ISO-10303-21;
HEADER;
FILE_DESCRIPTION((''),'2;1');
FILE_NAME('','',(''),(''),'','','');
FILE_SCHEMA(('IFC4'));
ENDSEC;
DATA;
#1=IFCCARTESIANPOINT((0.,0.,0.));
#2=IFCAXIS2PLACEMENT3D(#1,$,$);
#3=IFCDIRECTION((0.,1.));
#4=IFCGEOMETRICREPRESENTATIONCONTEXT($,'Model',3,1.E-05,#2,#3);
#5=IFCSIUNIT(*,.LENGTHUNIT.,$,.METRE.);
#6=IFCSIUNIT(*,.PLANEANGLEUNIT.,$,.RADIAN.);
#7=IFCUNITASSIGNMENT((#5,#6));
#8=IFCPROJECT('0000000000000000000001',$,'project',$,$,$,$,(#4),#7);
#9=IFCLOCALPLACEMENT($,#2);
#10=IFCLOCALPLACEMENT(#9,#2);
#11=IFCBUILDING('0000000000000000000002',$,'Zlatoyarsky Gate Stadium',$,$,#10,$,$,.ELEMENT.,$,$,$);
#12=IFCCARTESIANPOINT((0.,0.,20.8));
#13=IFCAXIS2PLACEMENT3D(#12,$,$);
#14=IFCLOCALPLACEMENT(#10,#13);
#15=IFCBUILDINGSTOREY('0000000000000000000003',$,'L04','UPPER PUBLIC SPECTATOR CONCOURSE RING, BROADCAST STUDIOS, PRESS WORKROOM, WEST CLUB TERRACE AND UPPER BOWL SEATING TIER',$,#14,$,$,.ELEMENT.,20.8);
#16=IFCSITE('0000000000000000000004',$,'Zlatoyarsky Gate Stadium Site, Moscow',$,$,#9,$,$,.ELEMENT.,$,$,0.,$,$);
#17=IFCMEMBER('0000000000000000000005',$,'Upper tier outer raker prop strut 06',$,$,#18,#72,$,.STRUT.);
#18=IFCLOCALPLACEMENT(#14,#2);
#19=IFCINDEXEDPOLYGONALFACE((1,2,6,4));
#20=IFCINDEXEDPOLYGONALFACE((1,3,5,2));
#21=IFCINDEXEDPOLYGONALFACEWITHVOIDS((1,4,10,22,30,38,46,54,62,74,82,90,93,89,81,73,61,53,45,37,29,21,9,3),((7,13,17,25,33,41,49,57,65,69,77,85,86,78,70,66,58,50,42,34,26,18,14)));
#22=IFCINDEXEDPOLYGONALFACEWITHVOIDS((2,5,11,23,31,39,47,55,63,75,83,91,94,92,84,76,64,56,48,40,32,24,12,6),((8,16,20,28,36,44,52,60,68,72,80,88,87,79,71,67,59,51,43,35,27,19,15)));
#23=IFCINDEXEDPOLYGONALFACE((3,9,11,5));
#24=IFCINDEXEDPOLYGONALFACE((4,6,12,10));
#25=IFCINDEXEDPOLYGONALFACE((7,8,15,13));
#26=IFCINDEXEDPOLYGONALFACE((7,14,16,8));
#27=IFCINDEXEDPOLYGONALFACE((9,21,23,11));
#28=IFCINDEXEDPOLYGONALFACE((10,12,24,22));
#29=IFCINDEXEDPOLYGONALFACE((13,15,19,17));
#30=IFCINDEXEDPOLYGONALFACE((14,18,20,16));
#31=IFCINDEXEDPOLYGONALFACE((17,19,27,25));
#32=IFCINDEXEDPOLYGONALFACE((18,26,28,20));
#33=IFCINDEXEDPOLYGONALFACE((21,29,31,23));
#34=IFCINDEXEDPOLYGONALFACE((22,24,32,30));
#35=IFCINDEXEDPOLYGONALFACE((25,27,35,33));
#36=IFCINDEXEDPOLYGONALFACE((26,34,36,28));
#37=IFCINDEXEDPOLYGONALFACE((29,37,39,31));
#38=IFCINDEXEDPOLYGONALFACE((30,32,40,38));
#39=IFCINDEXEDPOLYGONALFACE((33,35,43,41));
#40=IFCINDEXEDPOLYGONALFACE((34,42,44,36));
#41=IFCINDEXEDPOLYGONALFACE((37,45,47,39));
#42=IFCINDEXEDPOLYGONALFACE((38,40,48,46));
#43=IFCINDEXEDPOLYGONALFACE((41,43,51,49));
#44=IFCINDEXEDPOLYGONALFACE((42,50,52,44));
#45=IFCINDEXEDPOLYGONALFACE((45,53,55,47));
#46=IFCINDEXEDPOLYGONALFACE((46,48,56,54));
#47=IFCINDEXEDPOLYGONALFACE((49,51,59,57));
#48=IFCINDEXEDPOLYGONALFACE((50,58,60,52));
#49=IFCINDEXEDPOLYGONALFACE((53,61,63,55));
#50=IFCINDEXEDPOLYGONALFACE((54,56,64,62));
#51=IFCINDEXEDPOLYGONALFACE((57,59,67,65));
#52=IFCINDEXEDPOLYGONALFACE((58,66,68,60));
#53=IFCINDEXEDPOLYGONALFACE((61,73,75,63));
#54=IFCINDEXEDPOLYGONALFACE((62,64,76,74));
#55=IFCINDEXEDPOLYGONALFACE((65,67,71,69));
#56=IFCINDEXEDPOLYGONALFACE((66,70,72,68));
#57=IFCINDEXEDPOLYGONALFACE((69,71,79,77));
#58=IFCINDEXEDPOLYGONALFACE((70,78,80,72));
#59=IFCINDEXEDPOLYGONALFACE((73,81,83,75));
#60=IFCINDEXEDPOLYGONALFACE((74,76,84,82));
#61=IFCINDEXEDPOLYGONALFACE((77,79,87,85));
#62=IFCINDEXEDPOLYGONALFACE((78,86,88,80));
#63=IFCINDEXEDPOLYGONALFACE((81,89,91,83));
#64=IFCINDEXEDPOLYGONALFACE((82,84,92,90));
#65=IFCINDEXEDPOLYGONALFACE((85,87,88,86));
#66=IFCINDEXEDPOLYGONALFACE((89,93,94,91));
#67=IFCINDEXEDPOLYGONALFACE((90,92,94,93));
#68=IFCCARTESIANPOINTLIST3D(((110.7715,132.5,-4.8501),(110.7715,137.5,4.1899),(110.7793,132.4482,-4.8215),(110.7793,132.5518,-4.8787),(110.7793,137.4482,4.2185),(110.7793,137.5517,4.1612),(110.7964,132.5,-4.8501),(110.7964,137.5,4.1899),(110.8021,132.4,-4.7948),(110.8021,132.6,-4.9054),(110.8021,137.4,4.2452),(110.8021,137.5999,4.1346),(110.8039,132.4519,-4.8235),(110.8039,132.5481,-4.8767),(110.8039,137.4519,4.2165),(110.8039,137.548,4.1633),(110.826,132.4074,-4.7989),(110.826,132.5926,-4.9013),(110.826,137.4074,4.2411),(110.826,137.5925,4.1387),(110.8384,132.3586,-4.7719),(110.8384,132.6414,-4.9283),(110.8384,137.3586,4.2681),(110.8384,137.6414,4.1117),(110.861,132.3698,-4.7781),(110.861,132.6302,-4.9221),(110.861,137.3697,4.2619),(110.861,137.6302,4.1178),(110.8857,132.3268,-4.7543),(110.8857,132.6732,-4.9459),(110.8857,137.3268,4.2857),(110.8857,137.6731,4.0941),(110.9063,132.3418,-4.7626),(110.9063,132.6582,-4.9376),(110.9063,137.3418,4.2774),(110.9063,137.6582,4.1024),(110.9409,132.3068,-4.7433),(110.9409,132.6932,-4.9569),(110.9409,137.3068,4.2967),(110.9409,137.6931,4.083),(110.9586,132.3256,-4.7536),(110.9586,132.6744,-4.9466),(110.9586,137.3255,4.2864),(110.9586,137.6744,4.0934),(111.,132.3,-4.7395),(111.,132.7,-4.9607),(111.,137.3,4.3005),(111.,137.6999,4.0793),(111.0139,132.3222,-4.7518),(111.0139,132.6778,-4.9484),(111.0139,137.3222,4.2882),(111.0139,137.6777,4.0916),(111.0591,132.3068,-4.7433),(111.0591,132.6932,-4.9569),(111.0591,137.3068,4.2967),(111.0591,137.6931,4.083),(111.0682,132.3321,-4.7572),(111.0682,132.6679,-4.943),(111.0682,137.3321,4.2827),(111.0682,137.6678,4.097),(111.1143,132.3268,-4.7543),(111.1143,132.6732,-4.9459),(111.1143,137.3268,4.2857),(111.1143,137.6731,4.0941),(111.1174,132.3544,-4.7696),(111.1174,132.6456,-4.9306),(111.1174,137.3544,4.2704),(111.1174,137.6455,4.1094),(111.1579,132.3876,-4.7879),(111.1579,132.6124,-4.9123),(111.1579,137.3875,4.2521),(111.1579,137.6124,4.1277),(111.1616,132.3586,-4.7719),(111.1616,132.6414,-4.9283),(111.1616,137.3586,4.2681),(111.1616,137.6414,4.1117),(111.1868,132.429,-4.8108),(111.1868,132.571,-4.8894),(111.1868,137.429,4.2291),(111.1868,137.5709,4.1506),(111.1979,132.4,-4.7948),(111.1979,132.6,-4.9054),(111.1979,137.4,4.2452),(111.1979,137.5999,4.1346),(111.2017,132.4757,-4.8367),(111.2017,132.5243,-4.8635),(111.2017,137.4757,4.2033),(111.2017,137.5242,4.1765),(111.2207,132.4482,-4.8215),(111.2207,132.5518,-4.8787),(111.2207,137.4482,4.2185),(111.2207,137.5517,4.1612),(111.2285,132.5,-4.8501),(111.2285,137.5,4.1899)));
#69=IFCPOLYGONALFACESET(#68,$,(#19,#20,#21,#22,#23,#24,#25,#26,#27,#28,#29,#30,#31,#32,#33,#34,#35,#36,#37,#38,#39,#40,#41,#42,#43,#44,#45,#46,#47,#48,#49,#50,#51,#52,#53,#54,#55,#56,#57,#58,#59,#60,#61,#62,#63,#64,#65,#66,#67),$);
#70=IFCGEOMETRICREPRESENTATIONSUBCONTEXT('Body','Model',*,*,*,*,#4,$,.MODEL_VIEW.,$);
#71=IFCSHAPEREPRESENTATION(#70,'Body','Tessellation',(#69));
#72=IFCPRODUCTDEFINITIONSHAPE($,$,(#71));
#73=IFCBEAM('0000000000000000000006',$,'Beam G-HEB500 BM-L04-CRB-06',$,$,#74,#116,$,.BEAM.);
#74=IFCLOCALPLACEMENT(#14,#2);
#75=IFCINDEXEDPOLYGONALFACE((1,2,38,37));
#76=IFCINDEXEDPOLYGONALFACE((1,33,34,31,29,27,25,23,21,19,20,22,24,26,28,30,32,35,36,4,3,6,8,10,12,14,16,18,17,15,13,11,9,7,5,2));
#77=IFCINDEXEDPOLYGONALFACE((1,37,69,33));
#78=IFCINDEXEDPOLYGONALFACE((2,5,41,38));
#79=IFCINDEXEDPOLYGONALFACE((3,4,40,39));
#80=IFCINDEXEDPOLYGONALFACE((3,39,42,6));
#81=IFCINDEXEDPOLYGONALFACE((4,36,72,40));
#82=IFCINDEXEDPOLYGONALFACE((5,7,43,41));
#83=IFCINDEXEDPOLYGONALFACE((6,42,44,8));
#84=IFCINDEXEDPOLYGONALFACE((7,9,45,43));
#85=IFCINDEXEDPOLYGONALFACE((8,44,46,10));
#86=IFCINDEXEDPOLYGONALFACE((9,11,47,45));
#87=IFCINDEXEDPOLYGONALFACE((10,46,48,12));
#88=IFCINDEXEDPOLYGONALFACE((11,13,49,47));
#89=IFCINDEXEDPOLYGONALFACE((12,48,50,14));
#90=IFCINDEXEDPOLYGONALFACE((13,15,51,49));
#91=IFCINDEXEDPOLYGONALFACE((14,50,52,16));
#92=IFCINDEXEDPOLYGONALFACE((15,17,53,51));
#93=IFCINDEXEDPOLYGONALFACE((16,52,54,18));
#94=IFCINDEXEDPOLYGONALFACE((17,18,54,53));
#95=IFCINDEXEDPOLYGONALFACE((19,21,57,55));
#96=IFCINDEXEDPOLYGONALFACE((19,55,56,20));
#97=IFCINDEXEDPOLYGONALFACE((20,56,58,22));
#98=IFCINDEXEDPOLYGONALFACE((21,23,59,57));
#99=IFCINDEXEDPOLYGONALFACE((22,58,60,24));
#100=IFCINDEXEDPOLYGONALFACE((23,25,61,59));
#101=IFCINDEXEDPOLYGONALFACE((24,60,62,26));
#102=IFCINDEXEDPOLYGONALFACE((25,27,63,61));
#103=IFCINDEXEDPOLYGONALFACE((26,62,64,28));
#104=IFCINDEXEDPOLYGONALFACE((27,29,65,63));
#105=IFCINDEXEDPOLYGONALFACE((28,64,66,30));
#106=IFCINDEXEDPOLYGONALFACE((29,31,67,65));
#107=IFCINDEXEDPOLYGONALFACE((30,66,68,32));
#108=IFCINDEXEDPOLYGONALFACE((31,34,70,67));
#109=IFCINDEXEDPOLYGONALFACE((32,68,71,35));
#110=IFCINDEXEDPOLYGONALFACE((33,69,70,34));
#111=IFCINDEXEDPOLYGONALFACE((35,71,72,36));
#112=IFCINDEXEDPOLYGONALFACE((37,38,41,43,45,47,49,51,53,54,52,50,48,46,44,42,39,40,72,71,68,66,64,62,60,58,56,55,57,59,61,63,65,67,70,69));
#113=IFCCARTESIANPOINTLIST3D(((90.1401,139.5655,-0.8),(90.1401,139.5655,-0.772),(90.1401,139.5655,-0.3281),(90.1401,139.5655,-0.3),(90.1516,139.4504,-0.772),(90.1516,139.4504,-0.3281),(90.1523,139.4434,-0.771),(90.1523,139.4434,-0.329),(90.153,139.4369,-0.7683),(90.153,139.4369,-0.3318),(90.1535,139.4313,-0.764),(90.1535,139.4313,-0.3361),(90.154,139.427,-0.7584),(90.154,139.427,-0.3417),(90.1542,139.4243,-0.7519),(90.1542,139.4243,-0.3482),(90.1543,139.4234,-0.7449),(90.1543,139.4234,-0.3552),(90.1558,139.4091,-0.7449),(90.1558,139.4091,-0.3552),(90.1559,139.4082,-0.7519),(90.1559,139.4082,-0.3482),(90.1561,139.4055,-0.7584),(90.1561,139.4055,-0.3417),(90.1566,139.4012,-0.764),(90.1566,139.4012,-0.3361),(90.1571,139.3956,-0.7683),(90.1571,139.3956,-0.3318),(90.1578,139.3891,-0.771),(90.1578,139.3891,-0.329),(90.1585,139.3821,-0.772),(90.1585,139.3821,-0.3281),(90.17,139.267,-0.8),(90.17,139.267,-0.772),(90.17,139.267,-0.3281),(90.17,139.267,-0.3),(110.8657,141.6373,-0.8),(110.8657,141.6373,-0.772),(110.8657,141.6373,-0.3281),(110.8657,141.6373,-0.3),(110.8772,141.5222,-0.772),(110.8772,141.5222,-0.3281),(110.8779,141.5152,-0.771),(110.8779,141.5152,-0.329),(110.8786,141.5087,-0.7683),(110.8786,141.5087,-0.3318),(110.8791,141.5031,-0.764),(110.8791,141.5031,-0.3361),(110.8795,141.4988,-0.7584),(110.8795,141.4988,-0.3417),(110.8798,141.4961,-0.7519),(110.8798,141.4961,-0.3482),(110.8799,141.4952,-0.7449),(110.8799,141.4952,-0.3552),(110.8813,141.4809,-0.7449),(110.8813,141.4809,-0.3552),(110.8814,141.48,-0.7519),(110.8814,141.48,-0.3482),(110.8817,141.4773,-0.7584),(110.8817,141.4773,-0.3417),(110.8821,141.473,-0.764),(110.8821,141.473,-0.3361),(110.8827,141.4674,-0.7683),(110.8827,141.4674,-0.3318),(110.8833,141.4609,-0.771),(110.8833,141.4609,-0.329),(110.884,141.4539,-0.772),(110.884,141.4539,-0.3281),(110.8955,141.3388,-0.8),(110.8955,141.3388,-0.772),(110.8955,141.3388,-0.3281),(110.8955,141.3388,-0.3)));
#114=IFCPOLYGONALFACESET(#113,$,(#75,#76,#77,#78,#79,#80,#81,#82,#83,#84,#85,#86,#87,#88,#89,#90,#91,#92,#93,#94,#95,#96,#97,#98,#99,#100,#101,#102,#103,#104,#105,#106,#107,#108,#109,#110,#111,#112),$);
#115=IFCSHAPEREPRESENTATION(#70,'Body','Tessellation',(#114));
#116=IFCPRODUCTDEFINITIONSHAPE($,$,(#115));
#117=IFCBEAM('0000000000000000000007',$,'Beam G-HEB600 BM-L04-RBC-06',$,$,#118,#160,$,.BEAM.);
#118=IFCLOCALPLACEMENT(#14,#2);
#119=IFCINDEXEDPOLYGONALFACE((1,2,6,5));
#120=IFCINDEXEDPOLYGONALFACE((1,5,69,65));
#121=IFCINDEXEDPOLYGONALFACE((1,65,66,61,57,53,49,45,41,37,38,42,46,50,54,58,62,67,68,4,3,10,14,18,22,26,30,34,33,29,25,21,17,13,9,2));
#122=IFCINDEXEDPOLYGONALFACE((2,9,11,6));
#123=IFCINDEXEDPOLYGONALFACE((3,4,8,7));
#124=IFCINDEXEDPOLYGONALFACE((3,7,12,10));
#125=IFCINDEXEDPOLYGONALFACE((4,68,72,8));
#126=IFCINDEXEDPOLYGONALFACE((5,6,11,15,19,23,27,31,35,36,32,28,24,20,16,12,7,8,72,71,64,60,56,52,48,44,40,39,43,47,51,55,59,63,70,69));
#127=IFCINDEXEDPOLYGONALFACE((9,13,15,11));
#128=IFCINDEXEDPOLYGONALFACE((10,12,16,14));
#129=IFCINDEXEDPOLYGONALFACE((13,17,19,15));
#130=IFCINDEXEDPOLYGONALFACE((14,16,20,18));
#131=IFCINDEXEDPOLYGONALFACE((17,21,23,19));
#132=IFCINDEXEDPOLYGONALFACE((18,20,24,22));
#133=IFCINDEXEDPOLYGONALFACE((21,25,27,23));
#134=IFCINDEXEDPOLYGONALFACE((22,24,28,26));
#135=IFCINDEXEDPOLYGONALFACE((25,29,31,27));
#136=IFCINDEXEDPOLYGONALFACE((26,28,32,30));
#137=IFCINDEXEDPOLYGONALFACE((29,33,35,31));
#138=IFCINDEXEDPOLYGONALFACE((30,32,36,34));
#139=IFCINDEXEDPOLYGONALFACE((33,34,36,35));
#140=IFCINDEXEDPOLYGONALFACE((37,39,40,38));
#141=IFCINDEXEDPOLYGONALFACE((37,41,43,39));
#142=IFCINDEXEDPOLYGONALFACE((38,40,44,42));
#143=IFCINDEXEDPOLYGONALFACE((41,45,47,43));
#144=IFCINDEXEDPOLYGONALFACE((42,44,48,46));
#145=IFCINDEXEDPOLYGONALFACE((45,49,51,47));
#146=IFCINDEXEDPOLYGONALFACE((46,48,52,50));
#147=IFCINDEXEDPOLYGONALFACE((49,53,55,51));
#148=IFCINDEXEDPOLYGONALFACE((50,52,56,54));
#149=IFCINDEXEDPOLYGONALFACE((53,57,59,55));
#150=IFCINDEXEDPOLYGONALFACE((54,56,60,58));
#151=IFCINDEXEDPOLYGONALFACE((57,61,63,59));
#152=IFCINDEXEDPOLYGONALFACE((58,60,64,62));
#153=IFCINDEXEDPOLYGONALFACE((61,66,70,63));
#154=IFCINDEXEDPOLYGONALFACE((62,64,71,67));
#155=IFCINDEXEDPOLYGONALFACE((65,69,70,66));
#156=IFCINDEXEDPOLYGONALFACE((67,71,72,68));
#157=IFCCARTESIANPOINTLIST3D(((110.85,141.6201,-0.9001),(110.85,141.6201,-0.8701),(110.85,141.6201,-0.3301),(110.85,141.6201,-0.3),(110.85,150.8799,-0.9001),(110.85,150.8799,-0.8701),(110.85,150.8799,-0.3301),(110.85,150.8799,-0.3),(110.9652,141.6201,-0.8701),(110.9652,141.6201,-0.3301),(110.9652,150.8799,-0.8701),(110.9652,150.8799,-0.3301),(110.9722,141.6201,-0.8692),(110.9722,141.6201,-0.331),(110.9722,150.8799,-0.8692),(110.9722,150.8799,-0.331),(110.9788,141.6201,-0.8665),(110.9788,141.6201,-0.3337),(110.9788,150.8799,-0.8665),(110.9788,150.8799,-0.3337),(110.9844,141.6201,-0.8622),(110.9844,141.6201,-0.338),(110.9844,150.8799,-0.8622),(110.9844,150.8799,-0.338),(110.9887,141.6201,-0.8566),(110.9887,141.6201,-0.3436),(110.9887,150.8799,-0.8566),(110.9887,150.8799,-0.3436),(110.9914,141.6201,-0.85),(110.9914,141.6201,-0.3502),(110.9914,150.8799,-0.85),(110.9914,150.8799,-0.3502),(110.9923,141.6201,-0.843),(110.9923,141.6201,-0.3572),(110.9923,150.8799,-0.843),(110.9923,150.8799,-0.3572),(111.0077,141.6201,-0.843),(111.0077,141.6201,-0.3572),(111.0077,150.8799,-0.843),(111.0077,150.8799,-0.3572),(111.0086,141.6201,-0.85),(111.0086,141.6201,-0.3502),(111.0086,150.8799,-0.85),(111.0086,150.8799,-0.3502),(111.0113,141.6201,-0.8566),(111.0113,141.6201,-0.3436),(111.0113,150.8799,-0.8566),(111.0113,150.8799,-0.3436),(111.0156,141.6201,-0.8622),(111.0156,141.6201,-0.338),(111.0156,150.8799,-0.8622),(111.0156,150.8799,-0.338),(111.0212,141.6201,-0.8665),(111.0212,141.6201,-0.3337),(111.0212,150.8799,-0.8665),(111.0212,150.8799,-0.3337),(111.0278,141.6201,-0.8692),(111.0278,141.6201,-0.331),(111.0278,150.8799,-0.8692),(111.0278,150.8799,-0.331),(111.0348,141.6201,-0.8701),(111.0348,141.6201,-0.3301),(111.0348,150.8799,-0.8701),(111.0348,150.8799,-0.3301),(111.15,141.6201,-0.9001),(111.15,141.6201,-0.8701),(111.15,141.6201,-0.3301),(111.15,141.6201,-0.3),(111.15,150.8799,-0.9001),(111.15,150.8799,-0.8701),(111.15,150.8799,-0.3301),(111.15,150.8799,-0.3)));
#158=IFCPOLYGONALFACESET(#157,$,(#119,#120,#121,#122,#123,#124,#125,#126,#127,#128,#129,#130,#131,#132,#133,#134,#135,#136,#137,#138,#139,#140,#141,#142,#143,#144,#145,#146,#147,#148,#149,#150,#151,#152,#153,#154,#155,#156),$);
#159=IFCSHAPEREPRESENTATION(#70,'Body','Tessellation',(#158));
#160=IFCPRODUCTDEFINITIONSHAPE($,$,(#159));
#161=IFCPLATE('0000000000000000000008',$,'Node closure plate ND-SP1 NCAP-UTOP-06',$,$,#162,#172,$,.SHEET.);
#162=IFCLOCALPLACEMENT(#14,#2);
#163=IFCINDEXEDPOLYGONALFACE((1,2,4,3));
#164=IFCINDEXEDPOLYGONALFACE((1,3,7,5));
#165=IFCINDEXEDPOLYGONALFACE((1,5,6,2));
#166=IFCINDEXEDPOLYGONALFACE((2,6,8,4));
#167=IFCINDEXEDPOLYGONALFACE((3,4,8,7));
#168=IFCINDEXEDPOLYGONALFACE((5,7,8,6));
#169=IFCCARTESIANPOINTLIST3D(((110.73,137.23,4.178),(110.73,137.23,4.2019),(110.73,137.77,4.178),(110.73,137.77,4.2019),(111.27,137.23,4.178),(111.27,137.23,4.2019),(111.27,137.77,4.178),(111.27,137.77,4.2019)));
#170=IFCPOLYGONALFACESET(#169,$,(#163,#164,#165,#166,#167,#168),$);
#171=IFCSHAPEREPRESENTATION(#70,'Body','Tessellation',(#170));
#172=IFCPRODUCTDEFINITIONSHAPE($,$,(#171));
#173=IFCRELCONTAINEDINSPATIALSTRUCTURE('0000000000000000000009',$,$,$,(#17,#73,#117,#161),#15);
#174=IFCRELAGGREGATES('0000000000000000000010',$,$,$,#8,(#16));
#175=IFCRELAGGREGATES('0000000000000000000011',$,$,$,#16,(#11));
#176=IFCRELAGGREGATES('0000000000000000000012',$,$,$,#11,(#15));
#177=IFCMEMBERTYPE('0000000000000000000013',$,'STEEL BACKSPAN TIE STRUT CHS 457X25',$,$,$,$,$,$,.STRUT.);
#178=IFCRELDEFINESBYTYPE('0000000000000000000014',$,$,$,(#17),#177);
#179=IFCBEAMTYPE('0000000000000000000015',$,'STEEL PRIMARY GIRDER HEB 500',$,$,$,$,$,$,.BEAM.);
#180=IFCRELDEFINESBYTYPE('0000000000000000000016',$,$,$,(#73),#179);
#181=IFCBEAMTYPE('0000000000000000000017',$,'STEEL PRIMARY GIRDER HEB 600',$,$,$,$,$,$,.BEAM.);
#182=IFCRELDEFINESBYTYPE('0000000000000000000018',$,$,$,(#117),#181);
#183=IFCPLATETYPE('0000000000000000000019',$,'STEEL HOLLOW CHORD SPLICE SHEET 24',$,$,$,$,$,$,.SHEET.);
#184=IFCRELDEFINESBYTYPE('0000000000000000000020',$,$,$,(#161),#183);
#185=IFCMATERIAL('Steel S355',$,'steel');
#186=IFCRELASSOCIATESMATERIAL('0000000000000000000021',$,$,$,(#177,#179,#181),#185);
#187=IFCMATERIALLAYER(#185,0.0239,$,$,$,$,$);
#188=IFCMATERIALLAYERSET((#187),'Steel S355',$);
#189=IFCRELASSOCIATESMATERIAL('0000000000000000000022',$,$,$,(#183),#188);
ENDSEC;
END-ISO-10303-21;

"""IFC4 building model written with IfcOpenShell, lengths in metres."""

from ifc_helpers import new_model, si_unit, direction, frame, origin, origin_2d, place, context, subcontext, project, spatial, rectangle, hollow_circle, i_section, extrude, material, layer, layer_set, material_profile, profile_set, type_object, element, save


model = new_model("IFC4")

# Units and contexts
model_context = context("Model", 3, precision=1e-05, world=origin(), true_north=direction((0.0, 1.0)))
body_context = subcontext(model_context, "Body", "Model", "MODEL_VIEW")
ifc_project = project(units=[si_unit("LENGTHUNIT", "METRE"), si_unit("PLANEANGLEUNIT", "RADIAN")], contexts=[model_context])

# Site, building, storey
site_placement = place(None, origin())
site = spatial("IfcSite", under=ifc_project, at=site_placement, Name="Zlatoyarsky Gate Stadium Site, Moscow", CompositionType="ELEMENT", RefElevation=0.0)
building_placement = place(site_placement, origin())
building = spatial("IfcBuilding", under=site, at=building_placement, Name="Zlatoyarsky Gate Stadium", CompositionType="ELEMENT")
storey_placement = place(building_placement, frame((0.0, 0.0, 20.8)))
storey = spatial("IfcBuildingStorey", under=building, at=storey_placement, Name="L04", Description="UPPER PUBLIC SPECTATOR CONCOURSE RING, BROADCAST STUDIOS, PRESS WORKROOM, WEST CLUB TERRACE AND UPPER BOWL SEATING TIER", CompositionType="ELEMENT", Elevation=20.8)

# Shared definitions
ifc_material_1 = material(Name="Steel S355", Category="steel")

# Member
ifc_material_profile_1 = material_profile(ifc_material_1, hollow_circle(Radius=0.2285, WallThickness=0.0249, at=origin_2d()), Name="CHS 457X25")
ifc_profile_set_1 = profile_set([ifc_material_profile_1], Name="Steel S355")
member_type = type_object("IfcMemberType", Name="STEEL BACKSPAN TIE STRUT CHS 457X25", PredefinedType="STRUT", material=ifc_profile_set_1)
member_placement = place(storey_placement, frame((111.0, 132.5, -4.8501), z_axis=(0.0, 0.483997, 0.87507), x_axis=(-1.0, 0.0, 0.0)))
element("IfcMember", 1, at=member_placement, inside=storey, type_object=member_type, Name="Upper tier outer raker prop strut 06", PredefinedType="STRUT", context=body_context, shape_type="SweptSolid", body=[
    extrude(hollow_circle(Radius=0.2285, WallThickness=0.0249, at=origin_2d()), origin(), (0.0, 0.0, 1.0), 10.3306),
])

# Beams
ifc_material_profile_2 = material_profile(ifc_material_1, i_section(OverallWidth=0.3, OverallDepth=0.5, WebThickness=0.0144, FlangeThickness=0.0281, FilletRadius=0.0271, at=origin_2d()), Name="HEB 500")
ifc_profile_set_2 = profile_set([ifc_material_profile_2], Name="Steel S355")
beam_type_1 = type_object("IfcBeamType", Name="STEEL PRIMARY GIRDER HEB 500", PredefinedType="BEAM", material=ifc_profile_set_2)
beam_1_placement = place(storey_placement, frame((110.8806, 141.488, -0.55), z_axis=(-0.995041, -0.099467, 0.0), x_axis=(0.099467, -0.995041, 0.0)))
element("IfcBeam", 2, at=beam_1_placement, inside=storey, type_object=beam_type_1, Name="Beam G-HEB500 BM-L04-CRB-06", PredefinedType="BEAM", context=body_context, shape_type="SweptSolid", body=[
    extrude(i_section(OverallWidth=0.3, OverallDepth=0.5, WebThickness=0.0144, FlangeThickness=0.0281, FilletRadius=0.0271, at=origin_2d()), origin(), (0.0, 0.0, 1.0), 20.8289),
])
ifc_material_profile_3 = material_profile(ifc_material_1, i_section(OverallWidth=0.3, OverallDepth=0.6001, WebThickness=0.0154, FlangeThickness=0.03, FilletRadius=0.0271, at=origin_2d()), Name="HEB 600")
ifc_profile_set_3 = profile_set([ifc_material_profile_3], Name="Steel S355")
beam_type_2 = type_object("IfcBeamType", Name="STEEL PRIMARY GIRDER HEB 600", PredefinedType="BEAM", material=ifc_profile_set_3)
beam_2_placement = place(storey_placement, frame((111.0, 141.6201, -0.6001), z_axis=(0.0, 1.0, 0.0), x_axis=(-1.0, 0.0, 0.0)))
element("IfcBeam", 3, at=beam_2_placement, inside=storey, type_object=beam_type_2, Name="Beam G-HEB600 BM-L04-RBC-06", PredefinedType="BEAM", context=body_context, shape_type="SweptSolid", body=[
    extrude(i_section(OverallWidth=0.3, OverallDepth=0.6001, WebThickness=0.0154, FlangeThickness=0.03, FilletRadius=0.0271, at=origin_2d()), origin(), (0.0, 0.0, 1.0), 9.2598),
])

# Plate
ifc_layer_1 = layer(ifc_material_1, 0.0239)
ifc_layer_set_1 = layer_set([ifc_layer_1], Name="Steel S355")
plate_type = type_object("IfcPlateType", Name="STEEL HOLLOW CHORD SPLICE SHEET 24", PredefinedType="SHEET", material=ifc_layer_set_1)
plate_placement = place(storey_placement, frame((111.0, 137.5, 4.178), z_axis=(0.0, 0.0, 1.0), x_axis=(1.0, 0.0, 0.0)))
element("IfcPlate", 4, at=plate_placement, inside=storey, type_object=plate_type, Name="Node closure plate ND-SP1 NCAP-UTOP-06", PredefinedType="SHEET", context=body_context, shape_type="SweptSolid", body=[
    extrude(rectangle(XDim=0.54, YDim=0.54, at=origin_2d()), origin(), (0.0, 0.0, 1.0), 0.0239),
])

save(model, "model.ifc")
